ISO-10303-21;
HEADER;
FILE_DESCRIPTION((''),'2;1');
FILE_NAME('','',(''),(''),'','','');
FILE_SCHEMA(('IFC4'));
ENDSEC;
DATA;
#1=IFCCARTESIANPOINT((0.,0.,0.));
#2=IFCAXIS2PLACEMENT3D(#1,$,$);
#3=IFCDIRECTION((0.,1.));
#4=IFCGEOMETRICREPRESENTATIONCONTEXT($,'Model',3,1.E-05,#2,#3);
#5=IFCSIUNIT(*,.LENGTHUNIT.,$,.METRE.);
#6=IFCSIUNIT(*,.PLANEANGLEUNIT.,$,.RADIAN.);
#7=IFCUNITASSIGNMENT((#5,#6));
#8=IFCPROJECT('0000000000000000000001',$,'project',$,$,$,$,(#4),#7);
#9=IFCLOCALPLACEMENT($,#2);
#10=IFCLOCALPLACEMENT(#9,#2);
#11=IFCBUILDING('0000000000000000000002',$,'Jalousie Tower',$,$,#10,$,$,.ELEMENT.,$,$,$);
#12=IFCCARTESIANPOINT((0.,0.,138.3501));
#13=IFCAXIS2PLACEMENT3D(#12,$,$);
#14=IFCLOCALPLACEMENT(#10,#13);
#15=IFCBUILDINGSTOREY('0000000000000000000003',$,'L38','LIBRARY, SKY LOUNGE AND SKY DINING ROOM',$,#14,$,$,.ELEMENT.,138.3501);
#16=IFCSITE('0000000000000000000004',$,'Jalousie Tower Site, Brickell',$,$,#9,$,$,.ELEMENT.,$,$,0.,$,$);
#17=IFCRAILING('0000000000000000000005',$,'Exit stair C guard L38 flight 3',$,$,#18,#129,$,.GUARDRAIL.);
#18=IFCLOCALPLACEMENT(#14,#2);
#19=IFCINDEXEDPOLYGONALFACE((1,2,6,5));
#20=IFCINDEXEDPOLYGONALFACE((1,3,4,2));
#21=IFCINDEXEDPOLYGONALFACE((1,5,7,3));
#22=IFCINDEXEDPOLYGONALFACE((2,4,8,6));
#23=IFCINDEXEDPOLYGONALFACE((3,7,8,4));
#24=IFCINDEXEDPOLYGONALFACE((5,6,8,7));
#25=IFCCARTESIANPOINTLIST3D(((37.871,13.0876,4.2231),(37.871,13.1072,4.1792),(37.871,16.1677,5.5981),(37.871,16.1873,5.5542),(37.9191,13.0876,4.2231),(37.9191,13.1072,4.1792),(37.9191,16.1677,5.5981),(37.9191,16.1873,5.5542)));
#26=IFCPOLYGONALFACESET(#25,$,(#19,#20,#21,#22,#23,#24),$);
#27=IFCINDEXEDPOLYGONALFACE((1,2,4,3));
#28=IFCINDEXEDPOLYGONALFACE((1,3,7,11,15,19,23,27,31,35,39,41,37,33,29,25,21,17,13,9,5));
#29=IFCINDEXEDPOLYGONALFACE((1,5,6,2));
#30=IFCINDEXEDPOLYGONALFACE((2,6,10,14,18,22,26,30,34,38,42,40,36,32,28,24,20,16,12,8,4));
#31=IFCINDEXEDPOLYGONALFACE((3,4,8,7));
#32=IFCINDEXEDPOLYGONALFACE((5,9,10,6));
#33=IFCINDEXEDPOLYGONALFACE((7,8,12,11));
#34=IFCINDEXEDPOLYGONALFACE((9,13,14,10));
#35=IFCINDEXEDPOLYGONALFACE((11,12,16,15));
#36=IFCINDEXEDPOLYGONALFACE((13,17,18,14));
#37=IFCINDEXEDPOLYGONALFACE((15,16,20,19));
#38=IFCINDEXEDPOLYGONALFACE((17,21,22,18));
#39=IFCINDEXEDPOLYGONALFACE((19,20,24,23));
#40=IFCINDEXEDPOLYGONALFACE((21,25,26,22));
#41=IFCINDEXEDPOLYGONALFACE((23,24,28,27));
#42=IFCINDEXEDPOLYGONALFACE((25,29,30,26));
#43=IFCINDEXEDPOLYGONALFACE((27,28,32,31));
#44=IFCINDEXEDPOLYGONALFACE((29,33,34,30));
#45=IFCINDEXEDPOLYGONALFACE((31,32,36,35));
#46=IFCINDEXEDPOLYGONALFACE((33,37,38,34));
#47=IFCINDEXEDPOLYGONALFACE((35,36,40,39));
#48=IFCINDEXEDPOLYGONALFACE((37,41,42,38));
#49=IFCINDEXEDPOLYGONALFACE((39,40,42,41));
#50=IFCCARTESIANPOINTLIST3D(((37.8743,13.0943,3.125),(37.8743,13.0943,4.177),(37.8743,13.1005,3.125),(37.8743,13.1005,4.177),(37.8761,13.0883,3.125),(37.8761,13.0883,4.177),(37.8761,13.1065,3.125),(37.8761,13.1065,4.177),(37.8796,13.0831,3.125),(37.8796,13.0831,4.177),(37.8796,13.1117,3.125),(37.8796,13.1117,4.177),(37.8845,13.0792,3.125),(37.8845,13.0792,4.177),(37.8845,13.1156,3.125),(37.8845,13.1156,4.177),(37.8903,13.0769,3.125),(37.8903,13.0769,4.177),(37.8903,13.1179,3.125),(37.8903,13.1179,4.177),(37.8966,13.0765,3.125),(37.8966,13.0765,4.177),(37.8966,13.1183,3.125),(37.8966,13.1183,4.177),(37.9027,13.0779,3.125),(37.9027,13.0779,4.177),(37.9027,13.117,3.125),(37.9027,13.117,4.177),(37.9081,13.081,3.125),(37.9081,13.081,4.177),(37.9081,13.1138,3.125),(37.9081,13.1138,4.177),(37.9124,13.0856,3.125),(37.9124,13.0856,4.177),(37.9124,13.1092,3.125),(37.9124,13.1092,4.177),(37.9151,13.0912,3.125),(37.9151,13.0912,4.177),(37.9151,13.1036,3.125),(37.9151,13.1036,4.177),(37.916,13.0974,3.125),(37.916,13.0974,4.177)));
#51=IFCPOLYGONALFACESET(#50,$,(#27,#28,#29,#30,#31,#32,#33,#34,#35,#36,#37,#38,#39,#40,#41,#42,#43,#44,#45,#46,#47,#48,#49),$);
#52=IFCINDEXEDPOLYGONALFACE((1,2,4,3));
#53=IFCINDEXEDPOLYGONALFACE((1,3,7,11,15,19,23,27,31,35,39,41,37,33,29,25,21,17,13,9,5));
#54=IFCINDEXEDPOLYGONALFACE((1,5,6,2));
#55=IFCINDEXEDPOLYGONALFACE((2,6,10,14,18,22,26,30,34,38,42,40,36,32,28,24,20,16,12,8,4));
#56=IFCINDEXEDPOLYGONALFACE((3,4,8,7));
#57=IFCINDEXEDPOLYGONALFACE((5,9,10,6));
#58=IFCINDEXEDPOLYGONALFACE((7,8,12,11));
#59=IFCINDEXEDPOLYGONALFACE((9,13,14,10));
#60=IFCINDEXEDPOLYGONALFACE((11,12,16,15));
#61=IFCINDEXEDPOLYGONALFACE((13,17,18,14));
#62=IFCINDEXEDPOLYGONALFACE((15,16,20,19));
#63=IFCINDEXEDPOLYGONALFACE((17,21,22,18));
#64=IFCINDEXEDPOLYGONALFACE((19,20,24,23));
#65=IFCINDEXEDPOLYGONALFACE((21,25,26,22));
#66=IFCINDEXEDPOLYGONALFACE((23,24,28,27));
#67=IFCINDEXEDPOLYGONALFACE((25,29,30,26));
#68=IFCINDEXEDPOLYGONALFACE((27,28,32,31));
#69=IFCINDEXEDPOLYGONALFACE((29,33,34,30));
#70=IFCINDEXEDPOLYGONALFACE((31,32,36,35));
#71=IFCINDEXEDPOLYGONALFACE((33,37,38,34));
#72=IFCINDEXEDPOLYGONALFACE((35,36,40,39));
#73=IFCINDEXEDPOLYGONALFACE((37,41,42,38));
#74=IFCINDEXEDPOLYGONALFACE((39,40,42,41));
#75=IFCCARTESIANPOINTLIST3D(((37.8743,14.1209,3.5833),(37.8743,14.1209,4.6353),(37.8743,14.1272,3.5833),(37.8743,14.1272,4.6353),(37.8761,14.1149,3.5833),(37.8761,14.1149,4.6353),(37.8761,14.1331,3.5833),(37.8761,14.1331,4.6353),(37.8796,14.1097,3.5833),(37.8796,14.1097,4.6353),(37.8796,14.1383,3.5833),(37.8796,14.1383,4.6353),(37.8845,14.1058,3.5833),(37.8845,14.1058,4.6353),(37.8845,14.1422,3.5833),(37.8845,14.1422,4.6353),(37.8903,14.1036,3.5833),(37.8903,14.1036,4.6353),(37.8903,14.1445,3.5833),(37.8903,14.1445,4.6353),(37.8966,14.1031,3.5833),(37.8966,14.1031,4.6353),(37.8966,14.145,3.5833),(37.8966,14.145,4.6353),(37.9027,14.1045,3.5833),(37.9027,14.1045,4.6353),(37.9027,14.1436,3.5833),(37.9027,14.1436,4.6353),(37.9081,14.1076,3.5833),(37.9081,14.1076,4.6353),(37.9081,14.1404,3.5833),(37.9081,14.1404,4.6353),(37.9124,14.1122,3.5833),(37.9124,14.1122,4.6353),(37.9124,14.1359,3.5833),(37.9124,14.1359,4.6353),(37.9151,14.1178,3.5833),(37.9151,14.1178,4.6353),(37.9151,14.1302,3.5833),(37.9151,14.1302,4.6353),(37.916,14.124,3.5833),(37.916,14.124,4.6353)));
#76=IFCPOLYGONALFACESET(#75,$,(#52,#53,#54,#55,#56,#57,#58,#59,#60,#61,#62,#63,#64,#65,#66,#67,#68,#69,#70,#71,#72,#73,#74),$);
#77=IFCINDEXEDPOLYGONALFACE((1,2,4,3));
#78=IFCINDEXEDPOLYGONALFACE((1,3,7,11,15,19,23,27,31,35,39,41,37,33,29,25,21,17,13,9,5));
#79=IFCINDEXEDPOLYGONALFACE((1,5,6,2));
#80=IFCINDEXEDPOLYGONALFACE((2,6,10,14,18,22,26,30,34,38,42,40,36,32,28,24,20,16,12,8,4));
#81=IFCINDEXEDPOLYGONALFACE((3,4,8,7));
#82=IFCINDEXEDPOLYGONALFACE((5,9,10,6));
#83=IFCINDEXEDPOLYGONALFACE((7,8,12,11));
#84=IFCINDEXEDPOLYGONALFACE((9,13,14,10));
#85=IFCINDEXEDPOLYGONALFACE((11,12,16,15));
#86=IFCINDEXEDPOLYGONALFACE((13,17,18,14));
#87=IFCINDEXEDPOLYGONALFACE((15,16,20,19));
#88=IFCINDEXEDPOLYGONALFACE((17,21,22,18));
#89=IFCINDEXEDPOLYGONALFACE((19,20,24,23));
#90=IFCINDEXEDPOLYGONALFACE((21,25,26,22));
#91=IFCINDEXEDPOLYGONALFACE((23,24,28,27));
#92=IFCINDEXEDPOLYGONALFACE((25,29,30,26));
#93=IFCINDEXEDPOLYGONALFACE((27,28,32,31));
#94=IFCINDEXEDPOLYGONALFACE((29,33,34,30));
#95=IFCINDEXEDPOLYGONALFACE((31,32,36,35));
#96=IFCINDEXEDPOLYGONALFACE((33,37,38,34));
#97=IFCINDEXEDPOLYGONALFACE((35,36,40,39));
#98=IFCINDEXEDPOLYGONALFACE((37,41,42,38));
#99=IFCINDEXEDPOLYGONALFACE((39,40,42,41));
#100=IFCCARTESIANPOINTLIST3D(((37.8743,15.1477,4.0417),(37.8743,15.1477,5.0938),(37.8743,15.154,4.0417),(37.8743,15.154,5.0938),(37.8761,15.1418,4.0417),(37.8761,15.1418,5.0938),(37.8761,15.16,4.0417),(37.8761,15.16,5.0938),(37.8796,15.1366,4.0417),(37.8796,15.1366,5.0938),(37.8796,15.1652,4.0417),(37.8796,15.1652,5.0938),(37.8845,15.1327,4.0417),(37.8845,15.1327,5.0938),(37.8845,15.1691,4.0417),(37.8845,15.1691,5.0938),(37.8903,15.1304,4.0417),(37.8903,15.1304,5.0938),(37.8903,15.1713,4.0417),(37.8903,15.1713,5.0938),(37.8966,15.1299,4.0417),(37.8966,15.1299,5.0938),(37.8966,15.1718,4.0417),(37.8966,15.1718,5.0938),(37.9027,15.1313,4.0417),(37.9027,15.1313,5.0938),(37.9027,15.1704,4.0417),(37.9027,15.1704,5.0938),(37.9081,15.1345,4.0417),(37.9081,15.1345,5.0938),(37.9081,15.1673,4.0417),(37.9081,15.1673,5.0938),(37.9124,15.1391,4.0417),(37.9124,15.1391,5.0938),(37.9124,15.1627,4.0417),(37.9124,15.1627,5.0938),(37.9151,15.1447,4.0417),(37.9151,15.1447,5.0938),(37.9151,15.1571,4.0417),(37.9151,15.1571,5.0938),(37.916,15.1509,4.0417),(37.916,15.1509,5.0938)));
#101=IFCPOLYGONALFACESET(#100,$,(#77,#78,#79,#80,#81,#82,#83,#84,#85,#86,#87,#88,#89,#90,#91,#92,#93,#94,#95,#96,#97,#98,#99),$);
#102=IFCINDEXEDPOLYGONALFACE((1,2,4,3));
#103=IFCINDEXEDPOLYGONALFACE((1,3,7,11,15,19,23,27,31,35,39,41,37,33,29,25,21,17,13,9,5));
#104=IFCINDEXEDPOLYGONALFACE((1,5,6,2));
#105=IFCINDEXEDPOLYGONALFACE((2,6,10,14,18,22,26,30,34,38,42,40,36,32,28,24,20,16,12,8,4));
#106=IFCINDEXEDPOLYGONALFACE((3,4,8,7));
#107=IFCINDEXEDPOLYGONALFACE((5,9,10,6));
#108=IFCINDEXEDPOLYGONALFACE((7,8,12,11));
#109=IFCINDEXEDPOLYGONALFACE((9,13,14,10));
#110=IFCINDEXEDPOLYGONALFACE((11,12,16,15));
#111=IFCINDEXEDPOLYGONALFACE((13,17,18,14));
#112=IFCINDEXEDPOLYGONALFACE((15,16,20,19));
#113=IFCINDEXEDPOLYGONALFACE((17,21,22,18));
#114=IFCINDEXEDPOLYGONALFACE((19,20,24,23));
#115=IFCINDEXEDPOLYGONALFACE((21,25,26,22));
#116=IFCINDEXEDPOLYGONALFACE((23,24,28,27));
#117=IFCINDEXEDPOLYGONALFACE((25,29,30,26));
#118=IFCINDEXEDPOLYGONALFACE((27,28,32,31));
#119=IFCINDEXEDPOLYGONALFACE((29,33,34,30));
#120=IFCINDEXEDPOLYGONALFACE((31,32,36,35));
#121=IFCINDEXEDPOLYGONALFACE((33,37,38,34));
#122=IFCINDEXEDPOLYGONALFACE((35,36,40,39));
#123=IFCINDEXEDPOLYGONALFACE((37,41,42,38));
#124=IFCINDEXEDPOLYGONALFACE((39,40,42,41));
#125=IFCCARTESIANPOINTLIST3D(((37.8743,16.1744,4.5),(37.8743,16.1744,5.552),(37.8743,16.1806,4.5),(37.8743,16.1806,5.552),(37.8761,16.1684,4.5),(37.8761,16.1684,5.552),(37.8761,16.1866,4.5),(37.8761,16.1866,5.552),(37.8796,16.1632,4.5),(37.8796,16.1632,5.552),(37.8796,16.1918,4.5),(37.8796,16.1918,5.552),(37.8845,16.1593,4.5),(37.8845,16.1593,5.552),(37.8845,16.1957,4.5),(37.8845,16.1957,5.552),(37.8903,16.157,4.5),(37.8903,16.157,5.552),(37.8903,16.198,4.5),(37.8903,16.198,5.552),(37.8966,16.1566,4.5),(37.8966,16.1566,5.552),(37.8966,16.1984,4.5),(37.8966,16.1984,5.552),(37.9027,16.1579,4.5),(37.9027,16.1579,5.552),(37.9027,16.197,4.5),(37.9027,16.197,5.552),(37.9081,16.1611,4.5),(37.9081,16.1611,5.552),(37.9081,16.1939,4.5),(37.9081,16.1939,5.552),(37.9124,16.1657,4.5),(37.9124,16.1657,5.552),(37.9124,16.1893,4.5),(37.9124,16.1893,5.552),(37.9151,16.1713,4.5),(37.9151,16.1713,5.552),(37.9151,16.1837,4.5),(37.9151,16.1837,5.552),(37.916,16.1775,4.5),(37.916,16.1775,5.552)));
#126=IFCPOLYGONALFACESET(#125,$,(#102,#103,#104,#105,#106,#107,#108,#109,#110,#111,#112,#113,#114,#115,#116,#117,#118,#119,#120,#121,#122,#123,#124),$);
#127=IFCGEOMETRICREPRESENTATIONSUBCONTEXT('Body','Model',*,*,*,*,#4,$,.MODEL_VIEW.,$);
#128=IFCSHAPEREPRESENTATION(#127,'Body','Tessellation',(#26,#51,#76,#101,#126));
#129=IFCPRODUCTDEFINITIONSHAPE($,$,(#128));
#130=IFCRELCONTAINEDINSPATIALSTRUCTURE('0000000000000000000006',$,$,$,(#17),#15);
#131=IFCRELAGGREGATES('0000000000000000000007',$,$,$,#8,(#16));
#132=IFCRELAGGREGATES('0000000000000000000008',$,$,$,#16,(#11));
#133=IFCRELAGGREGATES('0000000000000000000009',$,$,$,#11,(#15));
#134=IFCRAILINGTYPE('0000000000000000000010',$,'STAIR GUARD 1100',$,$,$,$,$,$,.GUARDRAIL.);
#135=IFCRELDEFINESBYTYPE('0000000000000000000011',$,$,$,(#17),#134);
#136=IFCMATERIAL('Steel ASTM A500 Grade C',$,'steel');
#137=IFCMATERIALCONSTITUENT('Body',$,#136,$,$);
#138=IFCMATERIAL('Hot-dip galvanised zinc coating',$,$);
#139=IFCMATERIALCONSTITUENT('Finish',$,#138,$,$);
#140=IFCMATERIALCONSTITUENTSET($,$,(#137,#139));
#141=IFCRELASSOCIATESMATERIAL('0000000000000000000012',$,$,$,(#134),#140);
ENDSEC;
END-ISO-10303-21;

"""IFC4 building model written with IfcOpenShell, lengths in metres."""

from ifc_helpers import new_model, si_unit, direction, frame, origin, origin_2d, place, context, subcontext, project, spatial, rectangle, circle, extrude, material, constituent, constituent_set, type_object, element, save


model = new_model("IFC4")

# Units and contexts
model_context = context("Model", 3, precision=1e-05, world=origin(), true_north=direction((0.0, 1.0)))
body_context = subcontext(model_context, "Body", "Model", "MODEL_VIEW")
ifc_project = project(units=[si_unit("LENGTHUNIT", "METRE"), si_unit("PLANEANGLEUNIT", "RADIAN")], contexts=[model_context])

# Site, building, storey
site_placement = place(None, origin())
site = spatial("IfcSite", under=ifc_project, at=site_placement, Name="Jalousie Tower Site, Brickell", CompositionType="ELEMENT", RefElevation=0.0)
building_placement = place(site_placement, origin())
building = spatial("IfcBuilding", under=site, at=building_placement, Name="Jalousie Tower", CompositionType="ELEMENT")
storey_placement = place(building_placement, frame((0.0, 0.0, 138.3501)))
storey = spatial("IfcBuildingStorey", under=building, at=storey_placement, Name="L38", Description="LIBRARY, SKY LOUNGE AND SKY DINING ROOM", CompositionType="ELEMENT", Elevation=138.3501)

# Railing
ifc_material_1 = material(Name="Steel ASTM A500 Grade C", Category="steel")
ifc_constituent_1 = constituent(ifc_material_1, Name="Body")
ifc_material_2 = material(Name="Hot-dip galvanised zinc coating")
ifc_constituent_2 = constituent(ifc_material_2, Name="Finish")
ifc_constituent_set_1 = constituent_set(constituents=[ifc_constituent_1, ifc_constituent_2])
railing_type_1 = type_object("IfcRailingType", Name="STAIR GUARD 1100", PredefinedType="GUARDRAIL", material=ifc_constituent_set_1)
railing_1_placement = place(storey_placement, frame((37.895, 13.0974, 3.125)))
element("IfcRailing", 1, at=railing_1_placement, inside=storey, type_object=railing_type_1, Name="Exit stair C guard L38 flight 3", PredefinedType="GUARDRAIL", context=body_context, shape_type="SweptSolid", body=[
    extrude(rectangle(XDim=0.0481, YDim=0.0481, at=origin_2d()), frame((0.0, 0.0, 1.0762), z_axis=(0.0, 0.913142, 0.407642), x_axis=(-1.0, 0.0, 0.0)), (0.0, 0.0, 1.0), 3.373),
    extrude(circle(Radius=0.021, at=origin_2d()), origin(), (0.0, 0.0, 1.0), 1.052),
    extrude(circle(Radius=0.021, at=origin_2d()), frame((0.0, 1.0266, 0.4583)), (0.0, 0.0, 1.0), 1.052),
    extrude(circle(Radius=0.021, at=origin_2d()), frame((0.0, 2.0535, 0.9167)), (0.0, 0.0, 1.0), 1.052),
    extrude(circle(Radius=0.021, at=origin_2d()), frame((0.0, 3.0801, 1.375)), (0.0, 0.0, 1.0), 1.052),
])

save(model, "model.ifc")
